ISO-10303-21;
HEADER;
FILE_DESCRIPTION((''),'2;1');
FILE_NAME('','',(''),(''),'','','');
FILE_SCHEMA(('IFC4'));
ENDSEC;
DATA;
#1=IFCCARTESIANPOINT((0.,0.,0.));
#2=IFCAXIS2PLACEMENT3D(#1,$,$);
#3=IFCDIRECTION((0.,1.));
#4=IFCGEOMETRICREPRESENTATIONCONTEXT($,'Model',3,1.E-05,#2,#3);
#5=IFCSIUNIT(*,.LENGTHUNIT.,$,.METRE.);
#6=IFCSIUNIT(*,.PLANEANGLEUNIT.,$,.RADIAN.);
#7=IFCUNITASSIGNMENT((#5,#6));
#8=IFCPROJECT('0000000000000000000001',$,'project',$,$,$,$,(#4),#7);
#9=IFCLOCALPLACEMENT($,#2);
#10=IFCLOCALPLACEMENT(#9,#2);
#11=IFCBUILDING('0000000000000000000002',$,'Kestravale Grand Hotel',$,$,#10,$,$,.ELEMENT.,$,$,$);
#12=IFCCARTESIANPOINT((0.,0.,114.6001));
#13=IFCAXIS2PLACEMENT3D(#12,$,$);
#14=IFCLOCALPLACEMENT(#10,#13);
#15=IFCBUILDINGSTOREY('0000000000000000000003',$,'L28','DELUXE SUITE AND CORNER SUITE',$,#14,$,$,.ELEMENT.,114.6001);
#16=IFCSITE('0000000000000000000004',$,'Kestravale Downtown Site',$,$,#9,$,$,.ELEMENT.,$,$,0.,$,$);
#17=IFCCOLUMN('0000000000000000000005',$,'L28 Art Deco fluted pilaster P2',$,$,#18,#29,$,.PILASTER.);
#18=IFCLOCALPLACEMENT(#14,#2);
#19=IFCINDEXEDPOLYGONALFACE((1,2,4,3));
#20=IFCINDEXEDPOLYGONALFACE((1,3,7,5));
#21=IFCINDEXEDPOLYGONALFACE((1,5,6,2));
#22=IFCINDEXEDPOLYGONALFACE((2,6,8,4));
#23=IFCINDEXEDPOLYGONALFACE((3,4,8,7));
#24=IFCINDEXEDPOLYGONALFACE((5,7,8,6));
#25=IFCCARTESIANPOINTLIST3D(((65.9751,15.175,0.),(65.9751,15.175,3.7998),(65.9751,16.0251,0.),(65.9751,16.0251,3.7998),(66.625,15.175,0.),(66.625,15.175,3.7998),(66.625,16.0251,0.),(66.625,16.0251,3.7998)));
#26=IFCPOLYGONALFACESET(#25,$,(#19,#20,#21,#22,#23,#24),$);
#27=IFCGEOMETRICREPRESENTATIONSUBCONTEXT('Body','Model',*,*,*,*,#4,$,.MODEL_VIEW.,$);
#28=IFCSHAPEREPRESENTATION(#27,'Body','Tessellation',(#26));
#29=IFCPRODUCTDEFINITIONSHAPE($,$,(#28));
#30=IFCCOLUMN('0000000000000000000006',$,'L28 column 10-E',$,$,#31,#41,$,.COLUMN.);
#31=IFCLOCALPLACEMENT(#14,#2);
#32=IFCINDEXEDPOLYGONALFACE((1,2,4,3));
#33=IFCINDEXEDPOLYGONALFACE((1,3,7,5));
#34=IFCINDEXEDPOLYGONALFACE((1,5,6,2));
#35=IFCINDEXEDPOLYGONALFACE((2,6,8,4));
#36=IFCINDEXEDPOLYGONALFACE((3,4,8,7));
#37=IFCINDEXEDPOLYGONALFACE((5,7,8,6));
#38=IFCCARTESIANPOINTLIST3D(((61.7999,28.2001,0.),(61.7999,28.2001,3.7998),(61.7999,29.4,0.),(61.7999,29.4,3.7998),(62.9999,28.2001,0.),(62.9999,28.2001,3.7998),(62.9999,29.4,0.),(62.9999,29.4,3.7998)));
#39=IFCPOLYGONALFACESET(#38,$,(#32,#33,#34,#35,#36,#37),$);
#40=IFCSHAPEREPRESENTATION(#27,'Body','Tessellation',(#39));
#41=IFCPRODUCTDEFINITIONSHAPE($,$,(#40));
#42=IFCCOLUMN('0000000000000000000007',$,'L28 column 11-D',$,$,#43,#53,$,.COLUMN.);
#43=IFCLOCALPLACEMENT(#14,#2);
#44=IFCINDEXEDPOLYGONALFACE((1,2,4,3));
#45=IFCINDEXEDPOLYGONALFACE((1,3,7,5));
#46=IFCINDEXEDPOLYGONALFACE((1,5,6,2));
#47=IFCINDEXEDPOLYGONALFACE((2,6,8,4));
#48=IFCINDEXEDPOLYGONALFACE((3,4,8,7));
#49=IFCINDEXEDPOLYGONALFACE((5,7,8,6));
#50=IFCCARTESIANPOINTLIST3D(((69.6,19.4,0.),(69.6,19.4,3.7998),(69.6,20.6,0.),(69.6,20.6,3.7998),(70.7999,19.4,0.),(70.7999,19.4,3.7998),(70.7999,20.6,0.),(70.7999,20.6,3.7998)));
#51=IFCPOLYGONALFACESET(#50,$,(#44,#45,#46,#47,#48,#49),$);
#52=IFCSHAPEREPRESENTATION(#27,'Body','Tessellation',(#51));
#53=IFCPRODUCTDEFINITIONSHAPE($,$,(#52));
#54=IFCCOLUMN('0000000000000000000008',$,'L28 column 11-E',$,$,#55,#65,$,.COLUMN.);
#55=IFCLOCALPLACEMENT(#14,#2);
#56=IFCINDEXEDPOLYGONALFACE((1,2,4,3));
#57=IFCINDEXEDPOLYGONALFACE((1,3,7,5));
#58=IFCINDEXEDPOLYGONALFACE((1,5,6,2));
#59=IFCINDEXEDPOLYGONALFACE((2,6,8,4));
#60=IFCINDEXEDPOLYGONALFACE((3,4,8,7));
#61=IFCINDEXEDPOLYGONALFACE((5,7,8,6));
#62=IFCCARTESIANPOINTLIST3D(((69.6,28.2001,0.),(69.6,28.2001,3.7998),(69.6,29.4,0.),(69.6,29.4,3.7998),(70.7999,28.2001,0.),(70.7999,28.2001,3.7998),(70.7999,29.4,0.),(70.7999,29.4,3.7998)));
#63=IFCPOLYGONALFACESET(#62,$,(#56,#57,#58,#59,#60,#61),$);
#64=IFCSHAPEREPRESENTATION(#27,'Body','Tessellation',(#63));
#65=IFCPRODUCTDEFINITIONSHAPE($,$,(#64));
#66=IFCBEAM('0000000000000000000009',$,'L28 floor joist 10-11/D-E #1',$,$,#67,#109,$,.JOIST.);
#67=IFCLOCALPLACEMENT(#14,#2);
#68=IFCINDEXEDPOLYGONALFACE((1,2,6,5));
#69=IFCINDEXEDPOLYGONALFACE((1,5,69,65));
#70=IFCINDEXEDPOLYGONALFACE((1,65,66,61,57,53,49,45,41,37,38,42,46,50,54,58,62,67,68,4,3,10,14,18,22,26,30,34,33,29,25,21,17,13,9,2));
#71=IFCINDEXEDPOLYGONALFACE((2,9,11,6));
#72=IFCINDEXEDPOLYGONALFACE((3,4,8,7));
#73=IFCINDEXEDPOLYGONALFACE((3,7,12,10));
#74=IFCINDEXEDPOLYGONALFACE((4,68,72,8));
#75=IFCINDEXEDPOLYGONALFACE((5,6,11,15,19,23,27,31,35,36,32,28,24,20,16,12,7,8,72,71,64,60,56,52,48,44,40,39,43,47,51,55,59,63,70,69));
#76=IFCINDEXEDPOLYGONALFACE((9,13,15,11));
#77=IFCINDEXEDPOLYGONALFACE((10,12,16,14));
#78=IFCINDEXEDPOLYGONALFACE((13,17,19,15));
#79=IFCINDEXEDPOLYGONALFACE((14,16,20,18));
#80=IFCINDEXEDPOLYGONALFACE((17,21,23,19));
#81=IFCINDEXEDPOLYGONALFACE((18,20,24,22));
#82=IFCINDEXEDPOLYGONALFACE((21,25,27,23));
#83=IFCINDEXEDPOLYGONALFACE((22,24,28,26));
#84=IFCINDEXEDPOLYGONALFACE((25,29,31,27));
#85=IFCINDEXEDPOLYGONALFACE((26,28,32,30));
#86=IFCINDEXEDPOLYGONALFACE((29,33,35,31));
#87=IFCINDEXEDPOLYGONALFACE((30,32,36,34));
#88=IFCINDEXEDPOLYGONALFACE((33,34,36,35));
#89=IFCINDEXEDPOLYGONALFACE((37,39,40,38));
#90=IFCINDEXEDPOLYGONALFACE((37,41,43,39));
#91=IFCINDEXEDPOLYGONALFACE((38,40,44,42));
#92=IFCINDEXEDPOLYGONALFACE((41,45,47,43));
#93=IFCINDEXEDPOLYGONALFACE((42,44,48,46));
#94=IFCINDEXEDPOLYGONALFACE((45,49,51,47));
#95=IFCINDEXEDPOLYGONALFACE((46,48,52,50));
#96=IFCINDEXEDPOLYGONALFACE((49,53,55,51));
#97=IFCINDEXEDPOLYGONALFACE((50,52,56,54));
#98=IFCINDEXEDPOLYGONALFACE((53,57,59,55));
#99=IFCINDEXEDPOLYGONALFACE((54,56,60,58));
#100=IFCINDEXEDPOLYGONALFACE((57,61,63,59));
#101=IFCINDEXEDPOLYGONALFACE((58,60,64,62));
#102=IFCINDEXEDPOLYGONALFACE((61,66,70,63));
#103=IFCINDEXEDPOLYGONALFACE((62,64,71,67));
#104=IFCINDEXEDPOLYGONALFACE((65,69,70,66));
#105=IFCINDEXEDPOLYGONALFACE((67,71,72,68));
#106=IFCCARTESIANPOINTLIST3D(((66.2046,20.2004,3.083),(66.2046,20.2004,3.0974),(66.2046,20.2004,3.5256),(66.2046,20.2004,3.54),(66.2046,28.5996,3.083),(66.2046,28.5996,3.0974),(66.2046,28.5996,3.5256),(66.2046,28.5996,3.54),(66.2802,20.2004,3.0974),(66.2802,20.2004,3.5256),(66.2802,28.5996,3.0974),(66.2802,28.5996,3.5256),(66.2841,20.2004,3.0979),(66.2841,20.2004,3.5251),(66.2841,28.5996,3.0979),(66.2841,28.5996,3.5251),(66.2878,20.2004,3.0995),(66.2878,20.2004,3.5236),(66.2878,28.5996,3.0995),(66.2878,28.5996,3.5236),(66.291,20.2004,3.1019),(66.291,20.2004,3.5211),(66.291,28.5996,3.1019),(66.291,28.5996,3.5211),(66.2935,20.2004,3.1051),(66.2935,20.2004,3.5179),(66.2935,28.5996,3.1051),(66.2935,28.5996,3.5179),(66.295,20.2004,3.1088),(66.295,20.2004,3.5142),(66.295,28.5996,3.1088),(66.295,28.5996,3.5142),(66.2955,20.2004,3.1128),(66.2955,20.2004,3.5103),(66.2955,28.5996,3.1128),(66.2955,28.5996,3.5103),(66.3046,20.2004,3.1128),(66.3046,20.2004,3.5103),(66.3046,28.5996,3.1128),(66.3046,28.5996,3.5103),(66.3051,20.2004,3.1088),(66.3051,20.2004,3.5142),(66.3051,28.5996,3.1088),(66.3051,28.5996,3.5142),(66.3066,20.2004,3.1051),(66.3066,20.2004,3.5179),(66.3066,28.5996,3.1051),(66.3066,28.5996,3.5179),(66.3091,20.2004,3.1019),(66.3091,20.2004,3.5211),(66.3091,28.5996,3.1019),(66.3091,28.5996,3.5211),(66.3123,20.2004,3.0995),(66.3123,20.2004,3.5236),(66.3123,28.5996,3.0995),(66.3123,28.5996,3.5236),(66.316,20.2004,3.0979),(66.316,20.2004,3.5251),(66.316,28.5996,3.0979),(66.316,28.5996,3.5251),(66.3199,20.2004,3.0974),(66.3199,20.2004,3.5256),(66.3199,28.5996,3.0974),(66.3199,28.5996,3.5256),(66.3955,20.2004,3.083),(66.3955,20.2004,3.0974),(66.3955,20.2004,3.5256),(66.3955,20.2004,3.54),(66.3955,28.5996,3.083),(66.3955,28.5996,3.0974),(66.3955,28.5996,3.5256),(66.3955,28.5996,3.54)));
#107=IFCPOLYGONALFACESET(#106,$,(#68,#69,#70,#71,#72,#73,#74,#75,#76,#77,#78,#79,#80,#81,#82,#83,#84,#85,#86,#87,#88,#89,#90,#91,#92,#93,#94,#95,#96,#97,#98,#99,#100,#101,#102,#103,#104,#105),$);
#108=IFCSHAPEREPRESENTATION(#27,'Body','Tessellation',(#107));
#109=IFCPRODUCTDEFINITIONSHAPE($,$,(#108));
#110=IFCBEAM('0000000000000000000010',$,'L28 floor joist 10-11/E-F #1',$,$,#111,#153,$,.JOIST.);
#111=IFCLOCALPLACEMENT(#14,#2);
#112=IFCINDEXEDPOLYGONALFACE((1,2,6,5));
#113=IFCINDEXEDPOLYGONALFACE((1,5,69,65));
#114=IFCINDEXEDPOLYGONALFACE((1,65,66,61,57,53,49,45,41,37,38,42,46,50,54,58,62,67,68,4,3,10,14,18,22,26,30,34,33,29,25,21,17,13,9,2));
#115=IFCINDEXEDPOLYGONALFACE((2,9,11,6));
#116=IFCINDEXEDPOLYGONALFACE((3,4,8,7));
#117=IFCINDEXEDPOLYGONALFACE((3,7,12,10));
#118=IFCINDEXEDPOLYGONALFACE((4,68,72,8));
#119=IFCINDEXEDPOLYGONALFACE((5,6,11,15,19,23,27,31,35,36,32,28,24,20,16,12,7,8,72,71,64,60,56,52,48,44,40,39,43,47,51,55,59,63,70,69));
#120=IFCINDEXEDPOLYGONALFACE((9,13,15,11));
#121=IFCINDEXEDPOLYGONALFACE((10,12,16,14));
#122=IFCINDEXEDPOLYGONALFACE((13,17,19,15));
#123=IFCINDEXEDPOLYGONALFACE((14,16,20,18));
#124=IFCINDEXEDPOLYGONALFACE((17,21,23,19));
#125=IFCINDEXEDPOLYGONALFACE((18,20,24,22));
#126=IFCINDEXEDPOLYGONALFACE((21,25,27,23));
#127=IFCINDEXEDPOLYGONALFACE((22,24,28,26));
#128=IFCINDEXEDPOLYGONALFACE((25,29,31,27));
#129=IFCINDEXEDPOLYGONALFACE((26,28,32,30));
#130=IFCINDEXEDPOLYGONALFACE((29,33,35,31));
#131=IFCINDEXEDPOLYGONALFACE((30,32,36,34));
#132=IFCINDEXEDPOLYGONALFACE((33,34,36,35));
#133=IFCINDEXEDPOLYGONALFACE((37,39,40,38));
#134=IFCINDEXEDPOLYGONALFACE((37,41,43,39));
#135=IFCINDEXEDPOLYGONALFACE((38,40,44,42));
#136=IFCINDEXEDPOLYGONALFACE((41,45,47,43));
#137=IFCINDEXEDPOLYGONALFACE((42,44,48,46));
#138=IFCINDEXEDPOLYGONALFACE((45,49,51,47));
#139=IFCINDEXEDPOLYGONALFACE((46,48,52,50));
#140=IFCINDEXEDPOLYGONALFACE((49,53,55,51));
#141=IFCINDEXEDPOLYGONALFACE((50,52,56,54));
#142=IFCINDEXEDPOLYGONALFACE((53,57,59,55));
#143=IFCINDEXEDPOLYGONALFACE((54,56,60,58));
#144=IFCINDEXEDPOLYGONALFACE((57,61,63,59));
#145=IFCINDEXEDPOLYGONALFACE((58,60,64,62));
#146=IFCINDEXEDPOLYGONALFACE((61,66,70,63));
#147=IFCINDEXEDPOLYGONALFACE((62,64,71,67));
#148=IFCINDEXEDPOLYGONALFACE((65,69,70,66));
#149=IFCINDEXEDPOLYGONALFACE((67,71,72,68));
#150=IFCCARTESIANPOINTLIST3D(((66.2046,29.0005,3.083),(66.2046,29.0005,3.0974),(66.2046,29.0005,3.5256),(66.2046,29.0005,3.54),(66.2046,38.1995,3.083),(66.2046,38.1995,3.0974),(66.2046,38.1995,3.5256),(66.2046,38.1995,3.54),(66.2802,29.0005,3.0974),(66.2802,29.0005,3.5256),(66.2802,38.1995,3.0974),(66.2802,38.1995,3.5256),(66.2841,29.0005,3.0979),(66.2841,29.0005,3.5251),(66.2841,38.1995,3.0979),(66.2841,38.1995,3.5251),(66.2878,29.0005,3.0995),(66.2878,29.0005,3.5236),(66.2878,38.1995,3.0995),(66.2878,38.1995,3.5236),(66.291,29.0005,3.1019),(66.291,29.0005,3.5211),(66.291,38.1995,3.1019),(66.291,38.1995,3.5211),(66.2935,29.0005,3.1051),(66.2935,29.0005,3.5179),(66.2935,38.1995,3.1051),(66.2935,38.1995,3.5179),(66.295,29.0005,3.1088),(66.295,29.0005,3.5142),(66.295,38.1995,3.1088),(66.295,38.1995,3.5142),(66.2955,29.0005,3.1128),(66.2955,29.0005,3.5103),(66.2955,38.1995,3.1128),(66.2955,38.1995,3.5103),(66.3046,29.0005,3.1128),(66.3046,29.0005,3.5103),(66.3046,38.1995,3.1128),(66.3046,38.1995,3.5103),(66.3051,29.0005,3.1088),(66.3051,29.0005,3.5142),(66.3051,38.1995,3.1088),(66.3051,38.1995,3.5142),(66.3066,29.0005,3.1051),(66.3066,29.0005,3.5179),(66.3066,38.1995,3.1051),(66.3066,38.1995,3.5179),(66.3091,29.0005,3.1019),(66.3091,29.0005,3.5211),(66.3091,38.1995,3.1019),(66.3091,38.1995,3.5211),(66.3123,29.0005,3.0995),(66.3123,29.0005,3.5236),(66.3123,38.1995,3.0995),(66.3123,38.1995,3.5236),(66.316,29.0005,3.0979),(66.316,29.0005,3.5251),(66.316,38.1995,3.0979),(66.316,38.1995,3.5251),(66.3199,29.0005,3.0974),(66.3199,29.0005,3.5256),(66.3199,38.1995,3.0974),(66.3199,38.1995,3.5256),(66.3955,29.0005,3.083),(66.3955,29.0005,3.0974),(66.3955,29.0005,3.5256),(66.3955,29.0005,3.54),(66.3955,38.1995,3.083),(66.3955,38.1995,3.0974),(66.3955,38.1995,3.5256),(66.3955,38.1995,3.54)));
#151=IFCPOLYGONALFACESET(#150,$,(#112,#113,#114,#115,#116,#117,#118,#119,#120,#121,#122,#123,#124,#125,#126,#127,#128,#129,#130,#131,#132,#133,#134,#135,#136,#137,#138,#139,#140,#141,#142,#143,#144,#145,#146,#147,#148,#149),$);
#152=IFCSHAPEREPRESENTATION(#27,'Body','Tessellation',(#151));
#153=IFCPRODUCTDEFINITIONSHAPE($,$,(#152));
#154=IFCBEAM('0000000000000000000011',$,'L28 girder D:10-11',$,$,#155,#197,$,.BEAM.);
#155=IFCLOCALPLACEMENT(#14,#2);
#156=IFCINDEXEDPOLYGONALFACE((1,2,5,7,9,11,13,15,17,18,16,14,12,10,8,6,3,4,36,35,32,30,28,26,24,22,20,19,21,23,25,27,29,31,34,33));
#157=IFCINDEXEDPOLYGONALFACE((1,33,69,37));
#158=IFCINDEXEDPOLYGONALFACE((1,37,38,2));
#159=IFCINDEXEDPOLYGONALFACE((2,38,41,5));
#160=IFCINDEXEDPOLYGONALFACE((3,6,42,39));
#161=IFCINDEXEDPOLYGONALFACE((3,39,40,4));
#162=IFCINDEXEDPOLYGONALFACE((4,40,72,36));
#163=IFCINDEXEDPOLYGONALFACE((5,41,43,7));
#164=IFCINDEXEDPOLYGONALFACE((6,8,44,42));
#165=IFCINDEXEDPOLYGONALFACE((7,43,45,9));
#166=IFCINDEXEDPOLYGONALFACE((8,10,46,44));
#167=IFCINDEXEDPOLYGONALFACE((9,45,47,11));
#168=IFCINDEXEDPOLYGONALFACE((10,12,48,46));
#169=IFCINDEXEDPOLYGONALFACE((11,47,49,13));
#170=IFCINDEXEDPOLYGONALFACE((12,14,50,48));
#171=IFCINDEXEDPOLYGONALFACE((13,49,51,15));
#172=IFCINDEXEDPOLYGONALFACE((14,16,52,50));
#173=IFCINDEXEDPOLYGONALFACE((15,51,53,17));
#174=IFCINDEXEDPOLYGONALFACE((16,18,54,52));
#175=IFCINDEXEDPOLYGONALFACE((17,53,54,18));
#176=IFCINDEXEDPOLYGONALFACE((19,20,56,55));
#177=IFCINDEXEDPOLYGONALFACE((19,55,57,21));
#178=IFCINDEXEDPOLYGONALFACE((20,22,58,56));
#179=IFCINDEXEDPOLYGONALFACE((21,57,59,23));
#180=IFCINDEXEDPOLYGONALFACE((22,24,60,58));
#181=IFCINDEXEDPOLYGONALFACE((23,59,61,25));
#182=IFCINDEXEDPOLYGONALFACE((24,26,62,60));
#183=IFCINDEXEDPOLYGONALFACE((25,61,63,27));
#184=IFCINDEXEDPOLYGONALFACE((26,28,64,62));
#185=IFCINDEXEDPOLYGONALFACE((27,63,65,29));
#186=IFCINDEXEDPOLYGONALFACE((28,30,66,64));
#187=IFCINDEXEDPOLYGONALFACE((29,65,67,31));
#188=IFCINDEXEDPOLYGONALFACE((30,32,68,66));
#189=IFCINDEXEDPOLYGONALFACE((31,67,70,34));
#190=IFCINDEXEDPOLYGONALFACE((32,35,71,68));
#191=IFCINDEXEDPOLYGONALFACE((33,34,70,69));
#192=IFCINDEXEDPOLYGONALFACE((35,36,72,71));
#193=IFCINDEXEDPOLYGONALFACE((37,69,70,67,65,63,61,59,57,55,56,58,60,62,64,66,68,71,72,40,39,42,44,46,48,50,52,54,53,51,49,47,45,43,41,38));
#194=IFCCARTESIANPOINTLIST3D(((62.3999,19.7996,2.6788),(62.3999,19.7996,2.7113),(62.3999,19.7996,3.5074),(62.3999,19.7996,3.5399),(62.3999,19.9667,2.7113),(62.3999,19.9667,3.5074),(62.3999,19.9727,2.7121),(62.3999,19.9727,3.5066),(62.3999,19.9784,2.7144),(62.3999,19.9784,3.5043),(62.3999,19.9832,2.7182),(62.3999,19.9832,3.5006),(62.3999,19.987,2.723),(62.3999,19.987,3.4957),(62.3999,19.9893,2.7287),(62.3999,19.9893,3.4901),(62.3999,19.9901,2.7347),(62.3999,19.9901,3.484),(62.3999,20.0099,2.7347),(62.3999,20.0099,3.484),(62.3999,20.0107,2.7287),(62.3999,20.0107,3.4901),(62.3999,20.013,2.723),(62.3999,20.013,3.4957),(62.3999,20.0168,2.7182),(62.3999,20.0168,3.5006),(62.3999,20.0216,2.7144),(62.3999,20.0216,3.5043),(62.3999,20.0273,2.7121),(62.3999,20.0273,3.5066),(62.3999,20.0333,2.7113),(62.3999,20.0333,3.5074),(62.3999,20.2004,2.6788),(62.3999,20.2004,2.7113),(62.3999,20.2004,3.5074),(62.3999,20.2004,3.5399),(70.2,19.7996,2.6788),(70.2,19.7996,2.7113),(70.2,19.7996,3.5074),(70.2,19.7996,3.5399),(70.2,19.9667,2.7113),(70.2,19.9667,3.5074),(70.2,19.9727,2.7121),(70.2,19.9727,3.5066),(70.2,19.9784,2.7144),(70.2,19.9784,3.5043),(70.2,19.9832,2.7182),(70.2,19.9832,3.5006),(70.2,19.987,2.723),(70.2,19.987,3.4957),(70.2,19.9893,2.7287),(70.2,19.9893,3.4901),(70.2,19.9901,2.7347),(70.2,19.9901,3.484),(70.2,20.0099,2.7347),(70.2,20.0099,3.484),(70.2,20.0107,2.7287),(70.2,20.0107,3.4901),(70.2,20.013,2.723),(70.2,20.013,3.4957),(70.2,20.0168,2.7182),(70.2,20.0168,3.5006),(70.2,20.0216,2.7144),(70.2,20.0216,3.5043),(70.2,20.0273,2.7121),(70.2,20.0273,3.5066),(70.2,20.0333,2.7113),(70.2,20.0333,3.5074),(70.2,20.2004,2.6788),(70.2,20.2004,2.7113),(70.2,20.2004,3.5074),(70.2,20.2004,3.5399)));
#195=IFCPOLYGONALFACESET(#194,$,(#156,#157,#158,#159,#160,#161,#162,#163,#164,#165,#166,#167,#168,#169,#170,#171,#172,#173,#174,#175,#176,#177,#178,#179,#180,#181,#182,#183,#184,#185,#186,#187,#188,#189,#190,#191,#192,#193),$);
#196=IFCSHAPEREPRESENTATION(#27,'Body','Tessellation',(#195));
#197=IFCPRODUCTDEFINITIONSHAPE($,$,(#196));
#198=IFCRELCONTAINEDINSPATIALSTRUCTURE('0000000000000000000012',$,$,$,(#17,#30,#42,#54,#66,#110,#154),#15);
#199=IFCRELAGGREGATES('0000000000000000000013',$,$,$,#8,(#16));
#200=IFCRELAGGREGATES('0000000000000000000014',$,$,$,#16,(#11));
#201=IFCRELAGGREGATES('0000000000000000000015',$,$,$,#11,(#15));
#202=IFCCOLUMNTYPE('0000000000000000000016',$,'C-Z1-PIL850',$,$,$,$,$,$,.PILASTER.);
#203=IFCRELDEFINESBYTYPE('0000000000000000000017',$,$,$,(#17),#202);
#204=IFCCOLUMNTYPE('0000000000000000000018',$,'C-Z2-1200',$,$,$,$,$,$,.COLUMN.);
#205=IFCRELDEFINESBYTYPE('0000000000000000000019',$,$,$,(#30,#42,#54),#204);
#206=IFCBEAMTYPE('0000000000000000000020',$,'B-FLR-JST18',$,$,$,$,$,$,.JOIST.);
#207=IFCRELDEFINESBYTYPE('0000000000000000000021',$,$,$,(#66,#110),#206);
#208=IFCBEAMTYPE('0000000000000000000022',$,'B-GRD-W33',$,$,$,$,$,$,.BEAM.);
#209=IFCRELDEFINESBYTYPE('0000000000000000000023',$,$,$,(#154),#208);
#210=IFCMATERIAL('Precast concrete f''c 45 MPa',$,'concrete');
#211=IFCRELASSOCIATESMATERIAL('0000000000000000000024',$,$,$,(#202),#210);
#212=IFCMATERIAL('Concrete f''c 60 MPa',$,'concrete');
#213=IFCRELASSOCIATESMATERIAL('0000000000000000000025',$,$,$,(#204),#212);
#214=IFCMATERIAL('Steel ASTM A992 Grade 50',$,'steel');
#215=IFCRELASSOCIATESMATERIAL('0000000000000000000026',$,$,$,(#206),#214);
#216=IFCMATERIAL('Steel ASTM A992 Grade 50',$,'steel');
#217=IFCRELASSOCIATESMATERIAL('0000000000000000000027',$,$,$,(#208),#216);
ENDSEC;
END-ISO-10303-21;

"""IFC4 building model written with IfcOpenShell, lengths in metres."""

from ifc_helpers import new_model, si_unit, direction, frame, origin, origin_2d, place, context, subcontext, project, spatial, rectangle, i_section, extrude, material, material_profile, profile_set, type_object, element, save


model = new_model("IFC4")

# Units and contexts
model_context = context("Model", 3, precision=1e-05, world=origin(), true_north=direction((0.0, 1.0)))
body_context = subcontext(model_context, "Body", "Model", "MODEL_VIEW")
ifc_project = project(units=[si_unit("LENGTHUNIT", "METRE"), si_unit("PLANEANGLEUNIT", "RADIAN")], contexts=[model_context])

# Site, building, storey
site_placement = place(None, origin())
site = spatial("IfcSite", under=ifc_project, at=site_placement, Name="Kestravale Downtown Site", CompositionType="ELEMENT", RefElevation=0.0)
building_placement = place(site_placement, origin())
building = spatial("IfcBuilding", under=site, at=building_placement, Name="Kestravale Grand Hotel", CompositionType="ELEMENT")
storey_placement = place(building_placement, frame((0.0, 0.0, 114.6001)))
storey = spatial("IfcBuildingStorey", under=building, at=storey_placement, Name="L28", Description="DELUXE SUITE AND CORNER SUITE", CompositionType="ELEMENT", Elevation=114.6001)

# Columns
ifc_material_1 = material(Name="Precast concrete f'c 45 MPa", Category="concrete")
ifc_material_profile_1 = material_profile(ifc_material_1, rectangle(XDim=0.6499, YDim=0.8501, at=origin_2d()))
ifc_profile_set_1 = profile_set([ifc_material_profile_1], Name="Precast concrete f'c 45 MPa")
column_type_1 = type_object("IfcColumnType", Name="C-Z1-PIL850", PredefinedType="PILASTER", material=ifc_profile_set_1)
column_placement = place(storey_placement, frame((66.3, 15.6001, 0.0), z_axis=(0.0, 0.0, 1.0), x_axis=(1.0, 0.0, 0.0)))
element("IfcColumn", 1, at=column_placement, inside=storey, type_object=column_type_1, Name="L28 Art Deco fluted pilaster P2", PredefinedType="PILASTER", context=body_context, shape_type="SweptSolid", body=[
    extrude(rectangle(XDim=0.6499, YDim=0.8501, at=origin_2d()), origin(), (0.0, 0.0, 1.0), 3.7998),
])
ifc_material_2 = material(Name="Concrete f'c 60 MPa", Category="concrete")
ifc_material_profile_2 = material_profile(ifc_material_2, rectangle(XDim=1.2, YDim=1.2, at=origin_2d()))
ifc_profile_set_2 = profile_set([ifc_material_profile_2], Name="Concrete f'c 60 MPa")
column_type_2 = type_object("IfcColumnType", Name="C-Z2-1200", PredefinedType="COLUMN", material=ifc_profile_set_2)
for number, where, z_axis, x_axis, name in (
    (2, (62.3999, 28.8, 0.0), (0.0, 0.0, 1.0), (1.0, 0.0, 0.0), "L28 column 10-E"),
    (3, (70.2, 20.0, 0.0), (0.0, 0.0, 1.0), (1.0, 0.0, 0.0), "L28 column 11-D"),
    (4, (70.2, 28.8, 0.0), (0.0, 0.0, 1.0), (1.0, 0.0, 0.0), "L28 column 11-E"),
):
    element("IfcColumn", number, at=place(storey_placement, frame(where, z_axis=z_axis, x_axis=x_axis)), inside=storey, type_object=column_type_2, Name=name, PredefinedType="COLUMN", context=body_context, shape_type="SweptSolid", body=[
        extrude(rectangle(XDim=1.2, YDim=1.2, at=origin_2d()), origin(), (0.0, 0.0, 1.0), 3.7998),
    ])

# Beams
ifc_material_3 = material(Name="Steel ASTM A992 Grade 50", Category="steel")
ifc_material_profile_3 = material_profile(ifc_material_3, i_section(OverallWidth=0.1909, OverallDepth=0.457, WebThickness=0.009, FlangeThickness=0.0144, FilletRadius=0.0154, at=origin_2d()))
ifc_profile_set_3 = profile_set([ifc_material_profile_3], Name="Steel ASTM A992 Grade 50")
beam_type_1 = type_object("IfcBeamType", Name="B-FLR-JST18", PredefinedType="JOIST", material=ifc_profile_set_3)
beam_1_placement = place(storey_placement, frame((66.3, 20.2004, 3.3115), z_axis=(0.0, 1.0, 0.0), x_axis=(-1.0, 0.0, 0.0)))
element("IfcBeam", 5, at=beam_1_placement, inside=storey, type_object=beam_type_1, Name="L28 floor joist 10-11/D-E #1", PredefinedType="JOIST", context=body_context, shape_type="SweptSolid", body=[
    extrude(i_section(OverallWidth=0.1909, OverallDepth=0.457, WebThickness=0.009, FlangeThickness=0.0144, FilletRadius=0.0154, at=origin_2d()), origin(), (0.0, 0.0, 1.0), 8.3992),
])
beam_2_placement = place(storey_placement, frame((66.3, 29.0005, 3.3115), z_axis=(0.0, 1.0, 0.0), x_axis=(-1.0, 0.0, 0.0)))
element("IfcBeam", 6, at=beam_2_placement, inside=storey, type_object=beam_type_1, Name="L28 floor joist 10-11/E-F #1", PredefinedType="JOIST", context=body_context, shape_type="SweptSolid", body=[
    extrude(i_section(OverallWidth=0.1909, OverallDepth=0.457, WebThickness=0.009, FlangeThickness=0.0144, FilletRadius=0.0154, at=origin_2d()), origin(), (0.0, 0.0, 1.0), 9.199),
])
ifc_material_4 = material(Name="Steel ASTM A992 Grade 50", Category="steel")
ifc_material_profile_4 = material_profile(ifc_material_4, i_section(OverallWidth=0.4009, OverallDepth=0.8611, WebThickness=0.0198, FlangeThickness=0.0325, FilletRadius=0.0234, at=origin_2d()))
ifc_profile_set_4 = profile_set([ifc_material_profile_4], Name="Steel ASTM A992 Grade 50")
beam_type_2 = type_object("IfcBeamType", Name="B-GRD-W33", PredefinedType="BEAM", material=ifc_profile_set_4)
for number, where, z_axis, x_axis, name in (
    (7, (62.3999, 20.0, 3.1094), (1.0, 0.0, 0.0), (0.0, 1.0, 0.0), "L28 girder D:10-11"),
):
    element("IfcBeam", number, at=place(storey_placement, frame(where, z_axis=z_axis, x_axis=x_axis)), inside=storey, type_object=beam_type_2, Name=name, PredefinedType="BEAM", context=body_context, shape_type="SweptSolid", body=[
        extrude(i_section(OverallWidth=0.4009, OverallDepth=0.8611, WebThickness=0.0198, FlangeThickness=0.0325, FilletRadius=0.0234, at=origin_2d()), origin(), (0.0, 0.0, 1.0), 7.8),
    ])

save(model, "model.ifc")
